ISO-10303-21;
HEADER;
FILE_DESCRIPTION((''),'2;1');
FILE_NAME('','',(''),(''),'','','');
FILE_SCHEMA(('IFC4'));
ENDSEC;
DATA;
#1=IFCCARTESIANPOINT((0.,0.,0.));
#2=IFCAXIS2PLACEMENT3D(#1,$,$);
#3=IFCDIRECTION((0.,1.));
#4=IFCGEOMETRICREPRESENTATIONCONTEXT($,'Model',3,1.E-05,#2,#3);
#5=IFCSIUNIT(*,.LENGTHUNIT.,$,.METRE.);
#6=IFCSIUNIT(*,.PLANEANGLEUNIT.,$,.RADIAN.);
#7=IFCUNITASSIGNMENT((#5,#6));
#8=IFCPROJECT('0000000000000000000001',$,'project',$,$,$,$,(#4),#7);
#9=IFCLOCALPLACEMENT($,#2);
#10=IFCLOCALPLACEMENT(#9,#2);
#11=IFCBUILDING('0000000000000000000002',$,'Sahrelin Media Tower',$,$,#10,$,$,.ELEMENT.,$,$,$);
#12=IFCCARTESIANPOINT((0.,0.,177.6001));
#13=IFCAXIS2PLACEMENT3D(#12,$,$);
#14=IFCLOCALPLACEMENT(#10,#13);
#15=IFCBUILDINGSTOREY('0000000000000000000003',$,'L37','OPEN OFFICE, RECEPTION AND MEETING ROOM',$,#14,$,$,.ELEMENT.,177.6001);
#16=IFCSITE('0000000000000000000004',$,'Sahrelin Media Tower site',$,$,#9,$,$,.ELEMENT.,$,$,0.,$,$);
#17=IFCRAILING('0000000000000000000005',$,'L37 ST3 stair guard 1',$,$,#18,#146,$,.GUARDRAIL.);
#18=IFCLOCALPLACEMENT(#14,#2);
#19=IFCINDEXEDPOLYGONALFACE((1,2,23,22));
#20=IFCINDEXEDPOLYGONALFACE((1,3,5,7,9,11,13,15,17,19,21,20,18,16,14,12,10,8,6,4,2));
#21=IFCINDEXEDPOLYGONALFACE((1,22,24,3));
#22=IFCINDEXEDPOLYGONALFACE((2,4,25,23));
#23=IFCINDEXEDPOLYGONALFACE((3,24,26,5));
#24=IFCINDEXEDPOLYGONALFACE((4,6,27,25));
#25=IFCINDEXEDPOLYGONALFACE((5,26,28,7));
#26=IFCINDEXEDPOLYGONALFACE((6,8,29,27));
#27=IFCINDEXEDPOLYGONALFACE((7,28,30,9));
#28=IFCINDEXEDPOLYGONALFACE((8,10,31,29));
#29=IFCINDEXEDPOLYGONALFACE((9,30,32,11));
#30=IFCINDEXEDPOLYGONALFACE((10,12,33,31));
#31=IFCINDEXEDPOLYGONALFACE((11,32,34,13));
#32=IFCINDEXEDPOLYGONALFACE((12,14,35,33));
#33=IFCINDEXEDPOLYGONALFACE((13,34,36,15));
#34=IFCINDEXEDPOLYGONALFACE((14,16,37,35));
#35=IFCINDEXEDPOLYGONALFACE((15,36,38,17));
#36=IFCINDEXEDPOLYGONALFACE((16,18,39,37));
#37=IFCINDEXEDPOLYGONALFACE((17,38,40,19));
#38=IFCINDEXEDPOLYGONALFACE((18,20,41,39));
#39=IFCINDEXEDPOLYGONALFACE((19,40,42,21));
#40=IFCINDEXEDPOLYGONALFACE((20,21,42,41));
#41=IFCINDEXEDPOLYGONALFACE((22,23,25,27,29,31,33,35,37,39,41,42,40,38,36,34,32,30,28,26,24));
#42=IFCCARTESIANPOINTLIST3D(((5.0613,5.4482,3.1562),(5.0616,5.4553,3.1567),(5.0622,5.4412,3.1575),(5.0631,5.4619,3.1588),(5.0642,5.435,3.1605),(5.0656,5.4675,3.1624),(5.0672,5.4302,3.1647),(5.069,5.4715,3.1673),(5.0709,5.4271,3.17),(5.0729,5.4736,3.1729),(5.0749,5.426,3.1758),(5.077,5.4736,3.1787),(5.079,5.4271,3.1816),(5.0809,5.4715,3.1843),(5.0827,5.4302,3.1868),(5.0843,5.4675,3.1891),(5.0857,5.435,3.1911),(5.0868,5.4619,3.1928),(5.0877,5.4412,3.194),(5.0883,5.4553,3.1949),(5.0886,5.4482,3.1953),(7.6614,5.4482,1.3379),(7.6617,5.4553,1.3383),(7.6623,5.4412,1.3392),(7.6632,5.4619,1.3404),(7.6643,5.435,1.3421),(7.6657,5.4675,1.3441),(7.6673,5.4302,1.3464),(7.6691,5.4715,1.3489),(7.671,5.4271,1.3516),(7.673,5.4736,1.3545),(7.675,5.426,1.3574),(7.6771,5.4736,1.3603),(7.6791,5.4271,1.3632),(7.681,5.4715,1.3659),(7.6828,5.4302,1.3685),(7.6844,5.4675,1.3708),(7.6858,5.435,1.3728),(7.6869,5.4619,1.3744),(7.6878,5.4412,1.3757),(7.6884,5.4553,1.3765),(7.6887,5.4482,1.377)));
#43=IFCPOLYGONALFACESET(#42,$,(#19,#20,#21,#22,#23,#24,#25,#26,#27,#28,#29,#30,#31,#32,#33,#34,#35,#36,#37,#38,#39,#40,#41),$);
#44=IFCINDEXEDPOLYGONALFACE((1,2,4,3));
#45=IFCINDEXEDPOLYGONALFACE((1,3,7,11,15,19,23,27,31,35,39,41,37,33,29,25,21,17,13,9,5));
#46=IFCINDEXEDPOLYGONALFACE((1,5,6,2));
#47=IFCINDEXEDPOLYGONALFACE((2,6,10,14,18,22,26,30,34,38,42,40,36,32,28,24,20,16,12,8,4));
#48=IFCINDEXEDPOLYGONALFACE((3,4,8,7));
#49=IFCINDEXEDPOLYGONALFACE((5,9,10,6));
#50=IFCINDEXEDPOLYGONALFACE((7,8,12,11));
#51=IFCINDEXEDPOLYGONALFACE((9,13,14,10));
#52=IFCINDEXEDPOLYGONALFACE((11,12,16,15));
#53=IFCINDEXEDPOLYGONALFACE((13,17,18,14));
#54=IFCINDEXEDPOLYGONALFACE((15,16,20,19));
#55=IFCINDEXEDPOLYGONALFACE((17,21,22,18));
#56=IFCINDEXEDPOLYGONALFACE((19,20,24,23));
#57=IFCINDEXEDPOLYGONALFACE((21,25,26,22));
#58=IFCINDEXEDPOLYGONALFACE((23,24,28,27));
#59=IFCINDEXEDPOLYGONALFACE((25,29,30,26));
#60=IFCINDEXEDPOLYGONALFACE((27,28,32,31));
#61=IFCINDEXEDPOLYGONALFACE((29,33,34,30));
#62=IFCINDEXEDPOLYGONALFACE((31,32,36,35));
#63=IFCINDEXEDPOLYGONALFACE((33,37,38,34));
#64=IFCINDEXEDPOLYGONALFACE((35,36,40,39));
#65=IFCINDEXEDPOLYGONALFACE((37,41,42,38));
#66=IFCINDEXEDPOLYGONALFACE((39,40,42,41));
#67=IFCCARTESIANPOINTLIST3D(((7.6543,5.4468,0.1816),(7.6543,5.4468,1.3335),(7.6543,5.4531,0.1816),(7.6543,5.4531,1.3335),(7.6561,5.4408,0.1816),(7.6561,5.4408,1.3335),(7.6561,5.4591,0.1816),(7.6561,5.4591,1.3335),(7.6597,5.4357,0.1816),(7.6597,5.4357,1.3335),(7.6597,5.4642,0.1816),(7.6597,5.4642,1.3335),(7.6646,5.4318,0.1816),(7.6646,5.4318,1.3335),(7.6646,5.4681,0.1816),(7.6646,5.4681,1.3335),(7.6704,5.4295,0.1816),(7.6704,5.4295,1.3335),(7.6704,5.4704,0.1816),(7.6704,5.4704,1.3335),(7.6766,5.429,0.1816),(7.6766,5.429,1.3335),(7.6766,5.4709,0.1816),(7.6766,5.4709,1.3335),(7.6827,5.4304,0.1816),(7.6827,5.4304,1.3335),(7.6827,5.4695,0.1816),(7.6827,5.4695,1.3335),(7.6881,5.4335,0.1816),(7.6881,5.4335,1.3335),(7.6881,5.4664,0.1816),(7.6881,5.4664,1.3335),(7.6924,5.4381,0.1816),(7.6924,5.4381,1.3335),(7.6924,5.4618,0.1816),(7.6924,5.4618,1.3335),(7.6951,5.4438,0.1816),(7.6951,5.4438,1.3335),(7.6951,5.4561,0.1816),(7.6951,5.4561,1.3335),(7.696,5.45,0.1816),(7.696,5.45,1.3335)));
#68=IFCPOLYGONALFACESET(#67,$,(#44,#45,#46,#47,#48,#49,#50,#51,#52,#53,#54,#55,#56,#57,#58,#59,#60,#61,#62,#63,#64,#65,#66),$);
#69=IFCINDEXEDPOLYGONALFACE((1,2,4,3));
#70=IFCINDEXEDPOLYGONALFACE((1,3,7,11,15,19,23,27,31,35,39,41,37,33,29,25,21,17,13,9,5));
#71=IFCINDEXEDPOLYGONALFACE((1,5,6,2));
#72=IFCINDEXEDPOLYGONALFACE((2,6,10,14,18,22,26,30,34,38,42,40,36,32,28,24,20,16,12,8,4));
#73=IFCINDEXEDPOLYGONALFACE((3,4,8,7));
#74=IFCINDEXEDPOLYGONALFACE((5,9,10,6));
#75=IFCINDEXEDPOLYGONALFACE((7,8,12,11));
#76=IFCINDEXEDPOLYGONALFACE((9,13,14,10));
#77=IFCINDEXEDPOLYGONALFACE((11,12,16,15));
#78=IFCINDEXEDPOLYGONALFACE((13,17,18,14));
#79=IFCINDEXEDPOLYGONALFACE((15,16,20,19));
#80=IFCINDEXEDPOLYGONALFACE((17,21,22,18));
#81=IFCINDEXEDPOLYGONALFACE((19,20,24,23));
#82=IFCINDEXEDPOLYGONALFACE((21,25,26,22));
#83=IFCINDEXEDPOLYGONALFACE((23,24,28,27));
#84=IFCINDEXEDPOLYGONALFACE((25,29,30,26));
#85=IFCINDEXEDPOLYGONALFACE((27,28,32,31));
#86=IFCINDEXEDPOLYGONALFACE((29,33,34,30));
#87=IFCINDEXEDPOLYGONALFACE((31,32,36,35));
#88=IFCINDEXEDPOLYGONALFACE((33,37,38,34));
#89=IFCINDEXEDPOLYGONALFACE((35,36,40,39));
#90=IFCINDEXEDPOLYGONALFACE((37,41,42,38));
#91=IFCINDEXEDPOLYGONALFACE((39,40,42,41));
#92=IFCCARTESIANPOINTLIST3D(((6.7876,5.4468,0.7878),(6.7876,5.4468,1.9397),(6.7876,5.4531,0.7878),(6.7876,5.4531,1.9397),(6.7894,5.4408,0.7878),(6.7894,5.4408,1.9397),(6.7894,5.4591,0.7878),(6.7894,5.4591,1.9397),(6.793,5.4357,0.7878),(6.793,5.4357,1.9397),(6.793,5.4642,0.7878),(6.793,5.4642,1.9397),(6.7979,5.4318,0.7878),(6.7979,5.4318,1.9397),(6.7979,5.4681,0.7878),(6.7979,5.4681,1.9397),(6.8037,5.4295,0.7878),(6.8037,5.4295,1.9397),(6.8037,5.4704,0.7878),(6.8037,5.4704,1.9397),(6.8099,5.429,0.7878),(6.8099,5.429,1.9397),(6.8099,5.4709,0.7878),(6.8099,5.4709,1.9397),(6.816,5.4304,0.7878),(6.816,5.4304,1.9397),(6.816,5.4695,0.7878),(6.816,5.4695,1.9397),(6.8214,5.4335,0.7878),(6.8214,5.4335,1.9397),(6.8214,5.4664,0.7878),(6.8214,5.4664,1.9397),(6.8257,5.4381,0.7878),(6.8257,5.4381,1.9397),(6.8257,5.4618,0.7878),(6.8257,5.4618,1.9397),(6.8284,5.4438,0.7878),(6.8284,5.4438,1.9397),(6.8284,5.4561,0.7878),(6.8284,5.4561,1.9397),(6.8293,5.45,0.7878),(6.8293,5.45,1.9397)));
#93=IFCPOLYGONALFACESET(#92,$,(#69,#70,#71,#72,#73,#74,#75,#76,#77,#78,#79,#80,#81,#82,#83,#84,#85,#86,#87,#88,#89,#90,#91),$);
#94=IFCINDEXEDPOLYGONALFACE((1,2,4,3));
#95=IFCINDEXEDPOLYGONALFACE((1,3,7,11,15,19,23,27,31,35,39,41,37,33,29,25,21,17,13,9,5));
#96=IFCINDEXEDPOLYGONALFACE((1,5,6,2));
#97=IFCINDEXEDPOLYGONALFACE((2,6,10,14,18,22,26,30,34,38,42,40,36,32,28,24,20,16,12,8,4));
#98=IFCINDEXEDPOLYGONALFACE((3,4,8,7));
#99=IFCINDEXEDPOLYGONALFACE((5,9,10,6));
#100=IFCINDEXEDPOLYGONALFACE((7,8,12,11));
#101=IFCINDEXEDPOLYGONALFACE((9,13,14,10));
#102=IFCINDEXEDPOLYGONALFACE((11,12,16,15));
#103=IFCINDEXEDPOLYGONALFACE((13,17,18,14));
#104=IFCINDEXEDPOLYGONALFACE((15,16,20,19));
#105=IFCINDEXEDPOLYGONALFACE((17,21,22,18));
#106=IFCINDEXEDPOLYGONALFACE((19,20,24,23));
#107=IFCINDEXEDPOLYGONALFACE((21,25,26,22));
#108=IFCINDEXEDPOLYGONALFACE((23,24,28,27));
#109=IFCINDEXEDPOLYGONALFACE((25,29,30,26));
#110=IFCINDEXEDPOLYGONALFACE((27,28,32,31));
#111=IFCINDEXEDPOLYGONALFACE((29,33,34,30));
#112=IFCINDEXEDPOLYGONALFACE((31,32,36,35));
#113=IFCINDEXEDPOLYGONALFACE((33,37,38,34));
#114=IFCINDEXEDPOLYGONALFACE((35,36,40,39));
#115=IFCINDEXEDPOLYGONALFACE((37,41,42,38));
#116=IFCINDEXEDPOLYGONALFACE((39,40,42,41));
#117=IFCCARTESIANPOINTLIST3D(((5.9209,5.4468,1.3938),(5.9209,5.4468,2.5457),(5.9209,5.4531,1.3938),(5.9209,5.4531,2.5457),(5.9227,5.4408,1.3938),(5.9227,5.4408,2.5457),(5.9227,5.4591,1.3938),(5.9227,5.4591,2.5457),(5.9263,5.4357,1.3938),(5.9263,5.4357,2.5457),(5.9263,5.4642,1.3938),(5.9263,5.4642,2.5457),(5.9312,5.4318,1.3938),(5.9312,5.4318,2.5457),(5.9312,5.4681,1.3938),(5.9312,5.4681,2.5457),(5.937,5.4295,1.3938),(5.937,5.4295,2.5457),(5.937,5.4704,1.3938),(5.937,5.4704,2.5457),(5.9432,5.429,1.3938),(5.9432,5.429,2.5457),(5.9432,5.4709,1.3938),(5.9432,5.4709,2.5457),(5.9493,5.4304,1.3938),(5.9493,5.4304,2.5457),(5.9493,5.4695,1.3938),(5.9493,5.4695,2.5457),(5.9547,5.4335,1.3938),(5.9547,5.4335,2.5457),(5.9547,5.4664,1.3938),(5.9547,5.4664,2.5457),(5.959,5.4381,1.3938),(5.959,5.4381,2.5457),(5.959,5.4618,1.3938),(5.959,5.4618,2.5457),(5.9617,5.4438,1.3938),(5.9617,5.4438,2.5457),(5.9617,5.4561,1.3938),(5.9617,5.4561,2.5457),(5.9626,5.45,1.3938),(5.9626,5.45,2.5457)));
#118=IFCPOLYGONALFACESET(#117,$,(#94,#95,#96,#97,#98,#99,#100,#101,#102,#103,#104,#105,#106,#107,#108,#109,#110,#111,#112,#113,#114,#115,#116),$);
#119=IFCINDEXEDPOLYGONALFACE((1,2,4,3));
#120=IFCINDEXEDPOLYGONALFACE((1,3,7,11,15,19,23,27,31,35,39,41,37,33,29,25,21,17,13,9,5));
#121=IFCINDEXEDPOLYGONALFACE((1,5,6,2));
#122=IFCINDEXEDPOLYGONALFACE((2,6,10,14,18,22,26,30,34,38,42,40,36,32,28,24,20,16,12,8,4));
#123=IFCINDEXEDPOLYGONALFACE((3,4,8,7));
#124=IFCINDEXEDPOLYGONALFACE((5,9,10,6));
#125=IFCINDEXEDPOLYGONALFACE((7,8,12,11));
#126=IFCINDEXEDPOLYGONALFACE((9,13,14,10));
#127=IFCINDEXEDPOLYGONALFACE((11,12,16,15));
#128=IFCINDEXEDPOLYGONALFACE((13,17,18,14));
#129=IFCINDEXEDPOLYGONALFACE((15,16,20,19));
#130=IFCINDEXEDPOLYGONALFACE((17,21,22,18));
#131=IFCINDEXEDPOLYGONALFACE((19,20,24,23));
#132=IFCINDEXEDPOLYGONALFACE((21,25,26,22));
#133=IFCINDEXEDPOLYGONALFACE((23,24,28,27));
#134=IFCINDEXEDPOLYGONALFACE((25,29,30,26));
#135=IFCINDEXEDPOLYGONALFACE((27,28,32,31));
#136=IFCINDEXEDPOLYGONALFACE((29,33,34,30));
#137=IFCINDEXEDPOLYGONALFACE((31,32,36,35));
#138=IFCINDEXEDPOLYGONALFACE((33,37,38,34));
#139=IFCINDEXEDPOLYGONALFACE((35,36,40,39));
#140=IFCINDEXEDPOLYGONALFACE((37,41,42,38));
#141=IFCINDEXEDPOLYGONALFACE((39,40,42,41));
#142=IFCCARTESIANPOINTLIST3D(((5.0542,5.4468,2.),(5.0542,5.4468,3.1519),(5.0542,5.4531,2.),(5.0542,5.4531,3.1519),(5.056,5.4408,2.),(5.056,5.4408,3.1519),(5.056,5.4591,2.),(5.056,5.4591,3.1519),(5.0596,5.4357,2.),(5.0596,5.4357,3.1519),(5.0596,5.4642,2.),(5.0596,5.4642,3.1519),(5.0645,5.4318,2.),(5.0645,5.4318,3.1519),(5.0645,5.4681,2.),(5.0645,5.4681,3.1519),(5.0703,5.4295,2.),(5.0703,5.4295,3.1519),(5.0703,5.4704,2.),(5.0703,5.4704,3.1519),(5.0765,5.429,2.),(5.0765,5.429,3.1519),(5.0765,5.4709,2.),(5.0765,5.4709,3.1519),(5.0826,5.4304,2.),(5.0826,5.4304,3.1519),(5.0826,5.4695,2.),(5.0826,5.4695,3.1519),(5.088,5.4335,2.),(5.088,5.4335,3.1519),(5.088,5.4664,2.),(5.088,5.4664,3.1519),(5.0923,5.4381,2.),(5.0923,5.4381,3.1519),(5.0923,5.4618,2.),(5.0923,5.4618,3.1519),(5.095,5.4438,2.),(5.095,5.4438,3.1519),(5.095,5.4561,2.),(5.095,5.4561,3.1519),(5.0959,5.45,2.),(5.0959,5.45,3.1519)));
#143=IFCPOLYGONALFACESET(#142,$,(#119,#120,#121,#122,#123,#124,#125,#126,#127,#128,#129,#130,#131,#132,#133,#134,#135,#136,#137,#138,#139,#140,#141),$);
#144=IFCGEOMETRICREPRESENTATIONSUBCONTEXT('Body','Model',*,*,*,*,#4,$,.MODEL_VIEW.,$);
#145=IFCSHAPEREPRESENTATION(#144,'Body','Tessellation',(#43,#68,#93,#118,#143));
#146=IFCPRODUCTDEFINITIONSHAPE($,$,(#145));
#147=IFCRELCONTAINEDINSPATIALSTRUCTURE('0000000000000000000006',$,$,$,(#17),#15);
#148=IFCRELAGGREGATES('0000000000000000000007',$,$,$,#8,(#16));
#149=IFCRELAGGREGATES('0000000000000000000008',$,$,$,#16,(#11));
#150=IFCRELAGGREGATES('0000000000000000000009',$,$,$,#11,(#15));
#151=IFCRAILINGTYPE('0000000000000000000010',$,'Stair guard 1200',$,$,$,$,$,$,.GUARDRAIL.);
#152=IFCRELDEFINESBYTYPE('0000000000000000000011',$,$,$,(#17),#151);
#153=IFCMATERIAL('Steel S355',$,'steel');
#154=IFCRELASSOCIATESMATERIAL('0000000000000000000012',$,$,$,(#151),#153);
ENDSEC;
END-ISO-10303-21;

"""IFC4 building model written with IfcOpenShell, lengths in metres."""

from ifc_helpers import new_model, si_unit, direction, frame, origin, origin_2d, place, context, subcontext, project, spatial, circle, extrude, material, type_object, element, save


model = new_model("IFC4")

# Units and contexts
model_context = context("Model", 3, precision=1e-05, world=origin(), true_north=direction((0.0, 1.0)))
body_context = subcontext(model_context, "Body", "Model", "MODEL_VIEW")
ifc_project = project(units=[si_unit("LENGTHUNIT", "METRE"), si_unit("PLANEANGLEUNIT", "RADIAN")], contexts=[model_context])

# Site, building, storey
site_placement = place(None, origin())
site = spatial("IfcSite", under=ifc_project, at=site_placement, Name="Sahrelin Media Tower site", CompositionType="ELEMENT", RefElevation=0.0)
building_placement = place(site_placement, origin())
building = spatial("IfcBuilding", under=site, at=building_placement, Name="Sahrelin Media Tower", CompositionType="ELEMENT")
storey_placement = place(building_placement, frame((0.0, 0.0, 177.6001)))
storey = spatial("IfcBuildingStorey", under=building, at=storey_placement, Name="L37", Description="OPEN OFFICE, RECEPTION AND MEETING ROOM", CompositionType="ELEMENT", Elevation=177.6001)

# Shared definitions
ifc_material_1 = material(Name="Steel S355", Category="steel")

# Railing
railing_type_1 = type_object("IfcRailingType", Name="Stair guard 1200", PredefinedType="GUARDRAIL", material=ifc_material_1)
railing_1_placement = place(storey_placement, frame((7.675, 5.45, 0.1816)))
element("IfcRailing", 1, at=railing_1_placement, inside=storey, type_object=railing_type_1, Name="L37 ST3 stair guard 1", PredefinedType="GUARDRAIL", context=body_context, shape_type="SweptSolid", body=[
    extrude(circle(Radius=0.0239, at=origin_2d()), frame((0.0, 0.0, 1.1758), z_axis=(-0.819485, 0.0, 0.573101), x_axis=(0.0, -1.0, 0.0)), (0.0, 0.0, 1.0), 3.1729),
    extrude(circle(Radius=0.021, at=origin_2d()), origin(), (0.0, 0.0, 1.0), 1.1519),
    extrude(circle(Radius=0.021, at=origin_2d()), frame((-0.8667, 0.0, 0.6062)), (0.0, 0.0, 1.0), 1.1519),
    extrude(circle(Radius=0.021, at=origin_2d()), frame((-1.7334, 0.0, 1.2122)), (0.0, 0.0, 1.0), 1.1519),
    extrude(circle(Radius=0.021, at=origin_2d()), frame((-2.6001, 0.0, 1.8184)), (0.0, 0.0, 1.0), 1.1519),
])

save(model, "model.ifc")
